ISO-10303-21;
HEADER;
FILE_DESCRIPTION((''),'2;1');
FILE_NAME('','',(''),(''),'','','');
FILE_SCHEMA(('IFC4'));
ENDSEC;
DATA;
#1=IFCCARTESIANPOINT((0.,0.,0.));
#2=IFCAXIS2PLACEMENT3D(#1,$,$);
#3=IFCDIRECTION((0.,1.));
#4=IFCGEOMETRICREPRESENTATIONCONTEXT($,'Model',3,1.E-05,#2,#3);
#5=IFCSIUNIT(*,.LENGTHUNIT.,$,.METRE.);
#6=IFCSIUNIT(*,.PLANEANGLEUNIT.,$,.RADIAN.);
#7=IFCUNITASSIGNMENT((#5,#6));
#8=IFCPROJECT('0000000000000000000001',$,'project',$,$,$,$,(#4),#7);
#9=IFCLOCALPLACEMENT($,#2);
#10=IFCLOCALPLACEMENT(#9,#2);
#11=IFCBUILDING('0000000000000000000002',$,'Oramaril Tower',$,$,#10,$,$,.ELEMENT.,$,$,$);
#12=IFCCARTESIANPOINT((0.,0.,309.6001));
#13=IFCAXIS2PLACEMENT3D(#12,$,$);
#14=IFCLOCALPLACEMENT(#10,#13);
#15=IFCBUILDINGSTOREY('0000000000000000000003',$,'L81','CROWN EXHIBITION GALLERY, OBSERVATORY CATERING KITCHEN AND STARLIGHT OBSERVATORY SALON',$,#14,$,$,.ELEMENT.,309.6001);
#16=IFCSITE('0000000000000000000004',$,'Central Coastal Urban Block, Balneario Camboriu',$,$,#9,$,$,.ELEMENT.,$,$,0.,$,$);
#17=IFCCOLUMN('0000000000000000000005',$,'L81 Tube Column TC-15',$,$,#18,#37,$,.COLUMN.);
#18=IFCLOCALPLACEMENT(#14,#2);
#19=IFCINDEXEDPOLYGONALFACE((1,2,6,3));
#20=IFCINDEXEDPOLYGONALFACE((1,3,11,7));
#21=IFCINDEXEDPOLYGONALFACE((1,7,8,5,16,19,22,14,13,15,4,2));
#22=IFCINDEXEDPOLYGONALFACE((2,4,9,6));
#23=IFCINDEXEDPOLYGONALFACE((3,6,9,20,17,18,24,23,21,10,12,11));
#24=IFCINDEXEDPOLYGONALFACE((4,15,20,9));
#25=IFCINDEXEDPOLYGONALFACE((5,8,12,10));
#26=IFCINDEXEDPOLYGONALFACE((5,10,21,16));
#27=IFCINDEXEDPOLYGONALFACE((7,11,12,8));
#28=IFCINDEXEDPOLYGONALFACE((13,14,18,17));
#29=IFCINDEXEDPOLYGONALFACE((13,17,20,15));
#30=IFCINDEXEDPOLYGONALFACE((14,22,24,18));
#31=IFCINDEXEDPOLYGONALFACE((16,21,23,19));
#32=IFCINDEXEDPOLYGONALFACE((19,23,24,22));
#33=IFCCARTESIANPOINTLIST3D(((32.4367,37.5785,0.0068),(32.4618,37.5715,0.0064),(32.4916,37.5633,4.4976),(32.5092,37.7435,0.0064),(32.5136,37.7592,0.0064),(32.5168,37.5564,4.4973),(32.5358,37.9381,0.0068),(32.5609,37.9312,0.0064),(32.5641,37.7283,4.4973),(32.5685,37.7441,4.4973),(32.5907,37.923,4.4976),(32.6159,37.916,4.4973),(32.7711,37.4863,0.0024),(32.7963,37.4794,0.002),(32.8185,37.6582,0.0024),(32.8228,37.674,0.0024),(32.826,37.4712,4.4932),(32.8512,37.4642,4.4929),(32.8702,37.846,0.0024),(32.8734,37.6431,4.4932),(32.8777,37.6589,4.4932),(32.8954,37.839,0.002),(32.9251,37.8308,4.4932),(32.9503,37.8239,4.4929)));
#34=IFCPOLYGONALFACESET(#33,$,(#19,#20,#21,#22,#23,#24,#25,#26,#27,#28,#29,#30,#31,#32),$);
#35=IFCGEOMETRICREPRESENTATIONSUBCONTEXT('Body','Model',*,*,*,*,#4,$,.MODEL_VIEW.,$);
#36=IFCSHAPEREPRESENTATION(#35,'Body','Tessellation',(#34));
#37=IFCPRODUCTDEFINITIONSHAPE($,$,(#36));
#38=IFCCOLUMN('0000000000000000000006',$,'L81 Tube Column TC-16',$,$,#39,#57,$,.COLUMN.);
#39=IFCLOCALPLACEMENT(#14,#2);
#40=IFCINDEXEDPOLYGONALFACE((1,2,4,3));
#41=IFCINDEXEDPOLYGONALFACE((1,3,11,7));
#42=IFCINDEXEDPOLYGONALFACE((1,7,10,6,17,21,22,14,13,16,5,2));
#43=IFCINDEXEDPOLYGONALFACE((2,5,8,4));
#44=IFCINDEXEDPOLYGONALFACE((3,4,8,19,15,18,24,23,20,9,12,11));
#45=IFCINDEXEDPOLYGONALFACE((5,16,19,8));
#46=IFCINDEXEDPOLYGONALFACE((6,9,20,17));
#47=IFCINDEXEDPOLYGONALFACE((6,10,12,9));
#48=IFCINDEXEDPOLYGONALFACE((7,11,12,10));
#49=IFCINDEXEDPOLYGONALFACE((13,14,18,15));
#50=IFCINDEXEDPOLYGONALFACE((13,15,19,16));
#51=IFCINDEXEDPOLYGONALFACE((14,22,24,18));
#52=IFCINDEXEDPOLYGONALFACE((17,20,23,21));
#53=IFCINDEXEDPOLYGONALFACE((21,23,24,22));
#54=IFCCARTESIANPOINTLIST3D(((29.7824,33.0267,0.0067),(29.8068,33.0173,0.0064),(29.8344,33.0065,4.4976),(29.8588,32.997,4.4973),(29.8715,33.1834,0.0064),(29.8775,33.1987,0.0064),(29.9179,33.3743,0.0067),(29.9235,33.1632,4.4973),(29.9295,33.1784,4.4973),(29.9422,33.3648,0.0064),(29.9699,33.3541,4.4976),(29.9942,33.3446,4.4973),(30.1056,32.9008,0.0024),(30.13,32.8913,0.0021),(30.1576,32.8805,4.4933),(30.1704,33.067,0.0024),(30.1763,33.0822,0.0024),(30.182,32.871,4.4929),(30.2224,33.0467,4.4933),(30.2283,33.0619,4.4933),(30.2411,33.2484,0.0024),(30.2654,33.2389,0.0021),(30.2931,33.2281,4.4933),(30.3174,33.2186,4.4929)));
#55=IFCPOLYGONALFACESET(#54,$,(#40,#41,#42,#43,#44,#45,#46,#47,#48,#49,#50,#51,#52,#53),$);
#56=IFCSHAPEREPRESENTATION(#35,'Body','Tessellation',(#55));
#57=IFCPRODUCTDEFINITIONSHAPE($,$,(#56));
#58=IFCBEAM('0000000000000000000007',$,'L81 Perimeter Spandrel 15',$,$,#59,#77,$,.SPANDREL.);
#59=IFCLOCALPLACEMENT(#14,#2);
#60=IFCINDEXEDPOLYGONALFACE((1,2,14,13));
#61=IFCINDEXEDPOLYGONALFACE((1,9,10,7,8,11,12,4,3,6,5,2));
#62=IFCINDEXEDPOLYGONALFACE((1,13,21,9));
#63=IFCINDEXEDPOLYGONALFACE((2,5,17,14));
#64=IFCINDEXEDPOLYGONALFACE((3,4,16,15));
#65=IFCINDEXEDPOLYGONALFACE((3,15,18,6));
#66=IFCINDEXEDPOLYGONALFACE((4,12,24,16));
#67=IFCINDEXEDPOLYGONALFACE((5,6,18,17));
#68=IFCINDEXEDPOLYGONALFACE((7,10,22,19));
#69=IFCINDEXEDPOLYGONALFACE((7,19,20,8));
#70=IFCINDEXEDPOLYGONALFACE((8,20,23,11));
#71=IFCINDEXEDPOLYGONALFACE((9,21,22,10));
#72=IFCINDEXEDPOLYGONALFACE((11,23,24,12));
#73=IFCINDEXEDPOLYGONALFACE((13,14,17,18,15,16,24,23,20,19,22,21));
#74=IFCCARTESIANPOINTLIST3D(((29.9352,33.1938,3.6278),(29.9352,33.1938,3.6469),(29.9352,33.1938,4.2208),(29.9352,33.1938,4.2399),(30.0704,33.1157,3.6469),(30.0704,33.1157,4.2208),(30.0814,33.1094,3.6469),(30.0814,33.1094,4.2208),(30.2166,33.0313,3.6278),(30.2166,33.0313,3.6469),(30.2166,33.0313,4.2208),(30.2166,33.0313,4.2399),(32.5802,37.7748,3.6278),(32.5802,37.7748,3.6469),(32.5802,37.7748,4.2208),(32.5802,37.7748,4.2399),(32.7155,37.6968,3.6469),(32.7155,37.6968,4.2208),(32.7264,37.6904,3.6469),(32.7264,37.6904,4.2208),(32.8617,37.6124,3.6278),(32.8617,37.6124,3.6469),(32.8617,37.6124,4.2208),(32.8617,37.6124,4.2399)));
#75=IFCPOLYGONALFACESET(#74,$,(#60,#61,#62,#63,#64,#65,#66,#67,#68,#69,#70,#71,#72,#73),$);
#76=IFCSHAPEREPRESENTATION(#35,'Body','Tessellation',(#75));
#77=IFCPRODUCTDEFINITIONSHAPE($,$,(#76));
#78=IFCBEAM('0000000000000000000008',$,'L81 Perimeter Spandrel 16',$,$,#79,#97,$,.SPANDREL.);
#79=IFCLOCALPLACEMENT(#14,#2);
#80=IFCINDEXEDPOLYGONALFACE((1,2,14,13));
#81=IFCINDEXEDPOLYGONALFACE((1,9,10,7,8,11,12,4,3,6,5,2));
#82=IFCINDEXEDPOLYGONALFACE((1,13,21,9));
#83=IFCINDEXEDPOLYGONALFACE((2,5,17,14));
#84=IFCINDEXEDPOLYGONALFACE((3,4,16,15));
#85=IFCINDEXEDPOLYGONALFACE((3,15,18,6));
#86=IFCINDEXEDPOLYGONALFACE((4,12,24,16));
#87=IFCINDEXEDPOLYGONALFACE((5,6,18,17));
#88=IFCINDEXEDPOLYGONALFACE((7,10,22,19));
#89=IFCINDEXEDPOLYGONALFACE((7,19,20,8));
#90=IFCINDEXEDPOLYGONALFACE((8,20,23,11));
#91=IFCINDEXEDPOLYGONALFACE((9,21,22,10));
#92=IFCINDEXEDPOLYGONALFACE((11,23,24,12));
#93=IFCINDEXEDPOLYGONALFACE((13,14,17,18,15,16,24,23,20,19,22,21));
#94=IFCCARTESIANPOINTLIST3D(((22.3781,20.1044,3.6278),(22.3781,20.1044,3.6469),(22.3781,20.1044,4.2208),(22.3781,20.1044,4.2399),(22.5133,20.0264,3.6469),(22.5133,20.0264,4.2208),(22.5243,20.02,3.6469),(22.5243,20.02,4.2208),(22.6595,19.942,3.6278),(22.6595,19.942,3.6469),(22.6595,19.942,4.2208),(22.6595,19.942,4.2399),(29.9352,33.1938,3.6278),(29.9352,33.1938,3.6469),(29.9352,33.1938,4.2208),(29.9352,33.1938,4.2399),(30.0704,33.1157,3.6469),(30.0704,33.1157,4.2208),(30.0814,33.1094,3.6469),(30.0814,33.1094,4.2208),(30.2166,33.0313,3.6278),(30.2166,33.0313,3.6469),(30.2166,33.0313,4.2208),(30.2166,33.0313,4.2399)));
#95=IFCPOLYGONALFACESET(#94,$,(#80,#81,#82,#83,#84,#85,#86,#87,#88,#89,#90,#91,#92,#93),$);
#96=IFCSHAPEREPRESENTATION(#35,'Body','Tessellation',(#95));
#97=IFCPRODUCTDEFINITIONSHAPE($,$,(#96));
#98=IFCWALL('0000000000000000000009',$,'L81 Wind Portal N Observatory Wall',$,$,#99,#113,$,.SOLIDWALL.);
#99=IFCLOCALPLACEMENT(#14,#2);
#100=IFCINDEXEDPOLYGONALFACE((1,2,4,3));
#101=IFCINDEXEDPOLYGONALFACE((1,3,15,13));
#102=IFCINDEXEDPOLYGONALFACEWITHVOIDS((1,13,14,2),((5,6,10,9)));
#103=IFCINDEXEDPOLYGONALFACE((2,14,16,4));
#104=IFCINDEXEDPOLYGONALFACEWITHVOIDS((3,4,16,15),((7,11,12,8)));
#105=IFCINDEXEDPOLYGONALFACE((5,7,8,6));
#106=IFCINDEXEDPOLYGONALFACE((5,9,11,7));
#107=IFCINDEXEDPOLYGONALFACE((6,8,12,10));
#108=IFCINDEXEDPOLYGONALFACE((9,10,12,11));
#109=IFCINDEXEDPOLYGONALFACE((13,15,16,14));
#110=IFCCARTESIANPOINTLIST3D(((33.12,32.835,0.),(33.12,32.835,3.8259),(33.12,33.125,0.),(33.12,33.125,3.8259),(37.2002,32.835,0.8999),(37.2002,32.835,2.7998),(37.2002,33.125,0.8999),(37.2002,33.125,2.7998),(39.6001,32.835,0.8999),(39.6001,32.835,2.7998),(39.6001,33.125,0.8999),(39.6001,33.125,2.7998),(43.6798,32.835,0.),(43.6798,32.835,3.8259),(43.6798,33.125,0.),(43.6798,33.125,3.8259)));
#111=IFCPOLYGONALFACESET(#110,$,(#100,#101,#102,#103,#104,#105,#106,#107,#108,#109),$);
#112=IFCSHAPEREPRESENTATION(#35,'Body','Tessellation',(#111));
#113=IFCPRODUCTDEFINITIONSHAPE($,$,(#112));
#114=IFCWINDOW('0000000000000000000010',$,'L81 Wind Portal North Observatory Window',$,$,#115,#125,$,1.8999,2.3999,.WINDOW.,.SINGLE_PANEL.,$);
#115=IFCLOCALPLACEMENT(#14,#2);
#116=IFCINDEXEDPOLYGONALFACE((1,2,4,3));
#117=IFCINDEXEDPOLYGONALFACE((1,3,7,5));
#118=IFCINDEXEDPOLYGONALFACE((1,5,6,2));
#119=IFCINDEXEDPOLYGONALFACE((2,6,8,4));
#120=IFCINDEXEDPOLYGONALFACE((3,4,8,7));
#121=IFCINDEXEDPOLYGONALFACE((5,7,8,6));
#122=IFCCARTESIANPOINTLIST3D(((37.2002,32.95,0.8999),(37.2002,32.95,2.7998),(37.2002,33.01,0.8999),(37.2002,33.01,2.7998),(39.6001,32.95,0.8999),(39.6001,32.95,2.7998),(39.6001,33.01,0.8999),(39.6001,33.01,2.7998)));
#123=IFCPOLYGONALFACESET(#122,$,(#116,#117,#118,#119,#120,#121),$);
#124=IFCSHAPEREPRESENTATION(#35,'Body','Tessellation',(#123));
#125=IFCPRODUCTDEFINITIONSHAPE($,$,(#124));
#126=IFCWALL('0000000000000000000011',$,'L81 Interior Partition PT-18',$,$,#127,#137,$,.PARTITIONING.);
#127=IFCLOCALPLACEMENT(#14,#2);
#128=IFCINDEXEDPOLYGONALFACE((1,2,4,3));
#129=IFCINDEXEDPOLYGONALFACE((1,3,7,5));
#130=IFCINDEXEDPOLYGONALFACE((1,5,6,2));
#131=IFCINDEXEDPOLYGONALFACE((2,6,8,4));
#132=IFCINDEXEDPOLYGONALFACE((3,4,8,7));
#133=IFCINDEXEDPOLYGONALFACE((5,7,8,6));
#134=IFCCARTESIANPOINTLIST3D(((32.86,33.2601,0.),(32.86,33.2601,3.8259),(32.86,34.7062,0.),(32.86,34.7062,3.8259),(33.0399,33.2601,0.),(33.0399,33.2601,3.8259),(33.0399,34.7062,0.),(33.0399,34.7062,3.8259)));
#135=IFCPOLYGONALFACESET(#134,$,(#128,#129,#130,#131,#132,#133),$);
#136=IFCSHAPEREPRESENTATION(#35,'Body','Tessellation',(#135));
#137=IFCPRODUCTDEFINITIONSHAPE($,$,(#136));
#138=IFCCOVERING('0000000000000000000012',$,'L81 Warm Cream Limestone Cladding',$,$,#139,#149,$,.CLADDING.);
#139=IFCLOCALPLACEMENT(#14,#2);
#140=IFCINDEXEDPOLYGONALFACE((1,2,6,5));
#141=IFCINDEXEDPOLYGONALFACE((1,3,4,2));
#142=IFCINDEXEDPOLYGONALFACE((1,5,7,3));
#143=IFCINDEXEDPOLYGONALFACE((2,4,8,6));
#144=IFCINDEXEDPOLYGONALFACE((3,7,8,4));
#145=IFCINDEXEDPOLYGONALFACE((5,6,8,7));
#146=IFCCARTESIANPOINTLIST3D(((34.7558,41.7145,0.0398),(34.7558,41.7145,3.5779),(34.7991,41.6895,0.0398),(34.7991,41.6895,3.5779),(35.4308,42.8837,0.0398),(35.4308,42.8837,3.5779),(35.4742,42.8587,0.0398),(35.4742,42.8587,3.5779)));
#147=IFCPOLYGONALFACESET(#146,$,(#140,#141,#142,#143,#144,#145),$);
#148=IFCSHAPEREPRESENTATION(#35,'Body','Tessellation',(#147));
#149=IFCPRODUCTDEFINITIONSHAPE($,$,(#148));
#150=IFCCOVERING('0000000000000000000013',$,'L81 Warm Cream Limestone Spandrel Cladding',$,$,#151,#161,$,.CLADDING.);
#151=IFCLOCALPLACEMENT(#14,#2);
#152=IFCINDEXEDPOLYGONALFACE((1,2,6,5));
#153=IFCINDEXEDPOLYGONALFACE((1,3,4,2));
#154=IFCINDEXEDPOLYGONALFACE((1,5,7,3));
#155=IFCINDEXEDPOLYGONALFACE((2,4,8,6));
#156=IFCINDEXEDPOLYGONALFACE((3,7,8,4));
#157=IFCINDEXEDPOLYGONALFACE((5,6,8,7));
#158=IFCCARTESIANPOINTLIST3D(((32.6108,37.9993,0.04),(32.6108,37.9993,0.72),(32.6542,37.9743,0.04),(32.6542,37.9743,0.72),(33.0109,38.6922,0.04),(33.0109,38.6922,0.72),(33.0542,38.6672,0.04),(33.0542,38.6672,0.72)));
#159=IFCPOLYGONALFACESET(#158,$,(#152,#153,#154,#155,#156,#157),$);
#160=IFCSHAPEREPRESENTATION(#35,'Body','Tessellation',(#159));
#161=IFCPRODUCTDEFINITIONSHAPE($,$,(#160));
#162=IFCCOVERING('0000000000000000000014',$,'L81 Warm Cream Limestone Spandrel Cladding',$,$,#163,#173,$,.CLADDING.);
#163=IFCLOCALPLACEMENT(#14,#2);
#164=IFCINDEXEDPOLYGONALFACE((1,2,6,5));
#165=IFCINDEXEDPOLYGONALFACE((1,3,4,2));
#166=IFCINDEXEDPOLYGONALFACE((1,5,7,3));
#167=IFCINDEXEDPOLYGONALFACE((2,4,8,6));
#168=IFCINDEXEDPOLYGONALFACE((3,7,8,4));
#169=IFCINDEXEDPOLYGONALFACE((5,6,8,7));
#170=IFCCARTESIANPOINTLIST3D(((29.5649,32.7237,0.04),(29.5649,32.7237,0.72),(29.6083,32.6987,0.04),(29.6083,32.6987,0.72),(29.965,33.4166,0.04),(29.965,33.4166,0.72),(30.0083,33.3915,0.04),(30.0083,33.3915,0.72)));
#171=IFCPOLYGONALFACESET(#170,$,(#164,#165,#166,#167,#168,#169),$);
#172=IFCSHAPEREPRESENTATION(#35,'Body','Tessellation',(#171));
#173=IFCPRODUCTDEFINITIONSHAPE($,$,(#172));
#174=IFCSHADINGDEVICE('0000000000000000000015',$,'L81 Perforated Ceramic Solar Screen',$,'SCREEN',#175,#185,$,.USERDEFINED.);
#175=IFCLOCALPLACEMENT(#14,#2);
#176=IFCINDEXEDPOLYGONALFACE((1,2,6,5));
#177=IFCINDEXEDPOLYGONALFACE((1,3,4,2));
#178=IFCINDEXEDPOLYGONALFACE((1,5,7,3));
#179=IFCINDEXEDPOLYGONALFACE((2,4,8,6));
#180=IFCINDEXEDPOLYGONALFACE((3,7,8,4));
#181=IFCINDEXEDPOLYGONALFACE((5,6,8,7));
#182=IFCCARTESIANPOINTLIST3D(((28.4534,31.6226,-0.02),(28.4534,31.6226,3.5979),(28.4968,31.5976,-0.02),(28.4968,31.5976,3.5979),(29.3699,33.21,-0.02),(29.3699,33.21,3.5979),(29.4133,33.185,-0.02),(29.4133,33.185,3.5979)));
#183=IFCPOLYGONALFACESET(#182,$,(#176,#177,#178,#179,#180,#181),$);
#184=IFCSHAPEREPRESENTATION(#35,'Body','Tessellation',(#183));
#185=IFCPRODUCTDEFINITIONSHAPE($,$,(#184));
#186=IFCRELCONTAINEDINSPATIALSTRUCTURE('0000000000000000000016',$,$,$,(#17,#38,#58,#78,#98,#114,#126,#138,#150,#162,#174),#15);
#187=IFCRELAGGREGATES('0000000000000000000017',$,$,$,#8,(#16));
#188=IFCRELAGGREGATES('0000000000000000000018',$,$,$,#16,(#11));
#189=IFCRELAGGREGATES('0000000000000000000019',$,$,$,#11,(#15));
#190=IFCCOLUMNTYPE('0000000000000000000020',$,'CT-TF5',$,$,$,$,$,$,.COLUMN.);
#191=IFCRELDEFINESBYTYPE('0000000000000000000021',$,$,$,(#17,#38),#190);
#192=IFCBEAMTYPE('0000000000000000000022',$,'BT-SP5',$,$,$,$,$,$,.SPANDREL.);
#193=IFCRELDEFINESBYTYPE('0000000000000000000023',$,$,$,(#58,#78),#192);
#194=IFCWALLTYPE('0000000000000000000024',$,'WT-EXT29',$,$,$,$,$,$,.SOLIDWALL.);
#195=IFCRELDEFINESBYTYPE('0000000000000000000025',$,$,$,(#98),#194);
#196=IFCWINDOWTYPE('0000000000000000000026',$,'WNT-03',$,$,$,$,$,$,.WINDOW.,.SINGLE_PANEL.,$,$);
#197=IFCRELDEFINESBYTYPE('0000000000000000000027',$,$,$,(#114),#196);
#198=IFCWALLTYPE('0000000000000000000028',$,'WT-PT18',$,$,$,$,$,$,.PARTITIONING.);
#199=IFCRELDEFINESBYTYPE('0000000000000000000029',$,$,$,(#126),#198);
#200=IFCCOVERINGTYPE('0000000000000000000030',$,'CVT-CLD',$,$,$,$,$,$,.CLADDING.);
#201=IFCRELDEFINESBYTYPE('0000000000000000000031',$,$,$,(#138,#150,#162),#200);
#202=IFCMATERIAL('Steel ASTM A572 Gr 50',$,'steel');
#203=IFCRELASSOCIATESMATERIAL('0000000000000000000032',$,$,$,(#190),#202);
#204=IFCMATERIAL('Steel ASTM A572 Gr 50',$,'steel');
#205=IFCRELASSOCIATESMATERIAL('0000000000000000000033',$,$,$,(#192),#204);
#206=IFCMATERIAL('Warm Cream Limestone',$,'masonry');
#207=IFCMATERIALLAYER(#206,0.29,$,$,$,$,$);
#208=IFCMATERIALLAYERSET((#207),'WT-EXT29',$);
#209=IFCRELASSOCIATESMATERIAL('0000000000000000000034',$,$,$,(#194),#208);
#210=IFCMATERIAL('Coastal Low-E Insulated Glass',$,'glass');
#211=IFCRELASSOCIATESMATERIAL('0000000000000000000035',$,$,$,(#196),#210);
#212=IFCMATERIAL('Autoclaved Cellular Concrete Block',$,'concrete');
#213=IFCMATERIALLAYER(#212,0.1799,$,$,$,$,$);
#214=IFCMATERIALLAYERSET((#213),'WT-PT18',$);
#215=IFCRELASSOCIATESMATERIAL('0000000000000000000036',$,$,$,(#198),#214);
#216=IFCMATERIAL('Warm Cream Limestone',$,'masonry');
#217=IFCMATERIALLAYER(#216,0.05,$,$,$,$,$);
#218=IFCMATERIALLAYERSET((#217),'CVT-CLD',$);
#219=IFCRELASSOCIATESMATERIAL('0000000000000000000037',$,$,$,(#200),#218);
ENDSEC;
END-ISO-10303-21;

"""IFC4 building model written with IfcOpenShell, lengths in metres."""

from ifc_helpers import new_model, si_unit, direction, frame, frame_2d, origin, origin_2d, place, context, subcontext, project, spatial, rectangle, i_section, extrude, material, layer, layer_set, material_profile, profile_set, type_object, element, fill, save


model = new_model("IFC4")

# Units and contexts
model_context = context("Model", 3, precision=1e-05, world=origin(), true_north=direction((0.0, 1.0)))
body_context = subcontext(model_context, "Body", "Model", "MODEL_VIEW")
ifc_project = project(units=[si_unit("LENGTHUNIT", "METRE"), si_unit("PLANEANGLEUNIT", "RADIAN")], contexts=[model_context])

# Site, building, storey
site_placement = place(None, origin())
site = spatial("IfcSite", under=ifc_project, at=site_placement, Name="Central Coastal Urban Block, Balneario Camboriu", CompositionType="ELEMENT", RefElevation=0.0)
building_placement = place(site_placement, origin())
building = spatial("IfcBuilding", under=site, at=building_placement, Name="Oramaril Tower", CompositionType="ELEMENT")
storey_placement = place(building_placement, frame((0.0, 0.0, 309.6001)))
storey = spatial("IfcBuildingStorey", under=building, at=storey_placement, Name="L81", Description="CROWN EXHIBITION GALLERY, OBSERVATORY CATERING KITCHEN AND STARLIGHT OBSERVATORY SALON", CompositionType="ELEMENT", Elevation=309.6001)

# Columns
ifc_material_1 = material(Name="Steel ASTM A572 Gr 50", Category="steel")
ifc_material_profile_1 = material_profile(ifc_material_1, i_section(OverallWidth=0.373, OverallDepth=0.373, WebThickness=0.0164, FlangeThickness=0.0261, at=origin_2d()), Name="W14X132")
ifc_profile_set_1 = profile_set([ifc_material_profile_1], Name="Steel ASTM A572 Gr 50")
column_type = type_object("IfcColumnType", Name="CT-TF5", PredefinedType="COLUMN", material=ifc_profile_set_1)
for number, where, z_axis, x_axis, name in (
    (1, (32.666, 37.7087, 0.0044), (0.012231, -0.00337, 0.99992), (0.265654, 0.964068, 0.0), "L81 Tube Column TC-15"),
    (2, (30.0239, 33.1328, 0.0044), (0.011578, -0.004512, 0.999923), (0.363079, 0.931758, 0.0), "L81 Tube Column TC-16"),
):
    element("IfcColumn", number, at=place(storey_placement, frame(where, z_axis=z_axis, x_axis=x_axis)), inside=storey, type_object=column_type, Name=name, PredefinedType="COLUMN", context=body_context, shape_type="SweptSolid", body=[
        extrude(i_section(OverallWidth=0.373, OverallDepth=0.373, WebThickness=0.0164, FlangeThickness=0.0261, at=origin_2d()), origin(), (0.0, 0.0, 1.0), 4.4912),
    ])

# Beams
ifc_material_2 = material(Name="Steel ASTM A572 Gr 50", Category="steel")
ifc_material_profile_2 = material_profile(ifc_material_2, i_section(OverallWidth=0.325, OverallDepth=0.6121, WebThickness=0.0127, FlangeThickness=0.019, at=origin_2d()), Name="W24X104")
ifc_profile_set_2 = profile_set([ifc_material_profile_2], Name="Steel ASTM A572 Gr 50")
beam_type = type_object("IfcBeamType", Name="BT-SP5", PredefinedType="SPANDREL", material=ifc_profile_set_2)
beam_1_placement = place(storey_placement, frame((32.7209, 37.6936, 3.9338), z_axis=(-0.500021, -0.866013, 0.0), x_axis=(0.866013, -0.500021, 0.0)))
element("IfcBeam", 3, at=beam_1_placement, inside=storey, type_object=beam_type, Name="L81 Perimeter Spandrel 15", PredefinedType="SPANDREL", context=body_context, shape_type="SweptSolid", body=[
    extrude(i_section(OverallWidth=0.325, OverallDepth=0.6121, WebThickness=0.0127, FlangeThickness=0.019, at=origin_2d()), origin(), (0.0, 0.0, 1.0), 5.2898),
])
beam_2_placement = place(storey_placement, frame((30.0759, 33.1125, 3.9338), z_axis=(-0.499999, -0.866026, 0.0), x_axis=(0.866026, -0.499999, 0.0)))
element("IfcBeam", 4, at=beam_2_placement, inside=storey, type_object=beam_type, Name="L81 Perimeter Spandrel 16", PredefinedType="SPANDREL", context=body_context, shape_type="SweptSolid", body=[
    extrude(i_section(OverallWidth=0.325, OverallDepth=0.6121, WebThickness=0.0127, FlangeThickness=0.019, at=origin_2d()), origin(), (0.0, 0.0, 1.0), 15.1143),
])

# Wall, opening, window
ifc_material_3 = material(Name="Warm Cream Limestone", Category="masonry")
ifc_layer_1 = layer(ifc_material_3, 0.29)
ifc_layer_set_1 = layer_set([ifc_layer_1], Name="WT-EXT29")
wall_type_1 = type_object("IfcWallType", Name="WT-EXT29", PredefinedType="SOLIDWALL", material=ifc_layer_set_1)
wall_1_placement = place(storey_placement, frame((33.1201, 32.98, 0.0), z_axis=(0.0, 0.0, 1.0), x_axis=(1.0, 0.0, 0.0)))
wall_1 = element("IfcWall", 5, at=wall_1_placement, inside=storey, type_object=wall_type_1, Name="L81 Wind Portal N Observatory Wall", PredefinedType="SOLIDWALL", context=body_context, shape_type="SweptSolid", body=[
    extrude(rectangle(XDim=10.5598, YDim=0.29, at=frame_2d((5.2798, 0.0))), origin(), (0.0, 0.0, 1.0), 3.8259),
])
opening_1_placement = place(wall_1_placement, frame((4.0801, 0.0, 0.8999)))
opening_1 = element("IfcOpeningElement", 6, at=opening_1_placement, cuts=wall_1, PredefinedType="OPENING", context=body_context, shape_type="SweptSolid", body=[
    extrude(rectangle(XDim=2.3999, YDim=1.8999, at=frame_2d((1.2, 0.95))), frame((0.0, 0.145, 0.0), z_axis=(0.0, -1.0, 0.0), x_axis=(1.0, 0.0, 0.0)), (0.0, 0.0, 1.0), 0.29),
])
ifc_material_4 = material(Name="Coastal Low-E Insulated Glass", Category="glass")
window_type = type_object("IfcWindowType", Name="WNT-03", PartitioningType="SINGLE_PANEL", PredefinedType="WINDOW", material=ifc_material_4)
window_placement = place(opening_1_placement, origin())
window = element("IfcWindow", 7, at=window_placement, inside=storey, type_object=window_type, Name="L81 Wind Portal North Observatory Window", OverallHeight=1.8999, OverallWidth=2.3999, PartitioningType="SINGLE_PANEL", PredefinedType="WINDOW", context=body_context, shape_type="SweptSolid", body=[
    extrude(rectangle(XDim=2.3999, YDim=1.8999, at=frame_2d((1.2, 0.95))), frame((0.0, 0.03, 0.0), z_axis=(0.0, -1.0, 0.0), x_axis=(1.0, 0.0, 0.0)), (0.0, 0.0, 1.0), 0.0601),
])
fill(opening_1, window)

# Shared definitions
ifc_material_5 = material(Name="Autoclaved Cellular Concrete Block", Category="concrete")
ifc_layer_2 = layer(ifc_material_5, 0.1799)
ifc_layer_set_2 = layer_set([ifc_layer_2], Name="WT-PT18")
wall_type_2 = type_object("IfcWallType", Name="WT-PT18", PredefinedType="PARTITIONING", material=ifc_layer_set_2)

# Wall
wall_2_placement = place(storey_placement, frame((32.95, 33.26, 0.0), z_axis=(0.0, 0.0, 1.0), x_axis=(0.0, 1.0, 0.0)))
element("IfcWall", 8, at=wall_2_placement, inside=storey, type_object=wall_type_2, Name="L81 Interior Partition PT-18", PredefinedType="PARTITIONING", context=body_context, shape_type="SweptSolid", body=[
    extrude(rectangle(XDim=1.446, YDim=0.1799, at=frame_2d((0.7231, 0.0))), origin(), (0.0, 0.0, 1.0), 3.8259),
])

# Coverings
ifc_material_6 = material(Name="Warm Cream Limestone", Category="masonry")
ifc_layer_3 = layer(ifc_material_6, 0.05)
ifc_layer_set_3 = layer_set([ifc_layer_3], Name="CVT-CLD")
covering_type = type_object("IfcCoveringType", Name="CVT-CLD", PredefinedType="CLADDING", material=ifc_layer_set_3)
covering_placement = place(storey_placement, frame((35.115, 42.2866, 0.0398), z_axis=(0.0, 0.0, 1.0), x_axis=(-0.5, -0.866025, 0.0)))
element("IfcCovering", 9, at=covering_placement, inside=storey, type_object=covering_type, Name="L81 Warm Cream Limestone Cladding", PredefinedType="CLADDING", context=body_context, shape_type="SweptSolid", body=[
    extrude(rectangle(XDim=1.3501, YDim=0.05, at=origin_2d()), origin(), (0.0, 0.0, 1.0), 3.5381),
])
for number, where, z_axis, x_axis, name in (
    (10, (32.8325, 38.3333, 0.04), (0.0, 0.0, 1.0), (-0.5, -0.866025, 0.0), "L81 Warm Cream Limestone Spandrel Cladding"),
    (11, (29.7866, 33.0576, 0.04), (0.0, 0.0, 1.0), (-0.5, -0.866025, 0.0), "L81 Warm Cream Limestone Spandrel Cladding"),
):
    element("IfcCovering", number, at=place(storey_placement, frame(where, z_axis=z_axis, x_axis=x_axis)), inside=storey, type_object=covering_type, Name=name, PredefinedType="CLADDING", context=body_context, shape_type="SweptSolid", body=[
        extrude(rectangle(XDim=0.8, YDim=0.05, at=origin_2d()), origin(), (0.0, 0.0, 1.0), 0.6799),
    ])

# Shading device
for number, where, z_axis, x_axis, name in (
    (12, (28.9333, 32.4038, -0.02), (0.0, 0.0, 1.0), (-0.500002, -0.866025, 0.0), "L81 Perforated Ceramic Solar Screen"),
):
    element("IfcShadingDevice", number, at=place(storey_placement, frame(where, z_axis=z_axis, x_axis=x_axis)), inside=storey, Name=name, ObjectType="SCREEN", PredefinedType="USERDEFINED", context=body_context, shape_type="SweptSolid", body=[
        extrude(rectangle(XDim=1.833, YDim=0.05, at=origin_2d()), origin(), (0.0, 0.0, 1.0), 3.6179),
    ])

save(model, "model.ifc")
